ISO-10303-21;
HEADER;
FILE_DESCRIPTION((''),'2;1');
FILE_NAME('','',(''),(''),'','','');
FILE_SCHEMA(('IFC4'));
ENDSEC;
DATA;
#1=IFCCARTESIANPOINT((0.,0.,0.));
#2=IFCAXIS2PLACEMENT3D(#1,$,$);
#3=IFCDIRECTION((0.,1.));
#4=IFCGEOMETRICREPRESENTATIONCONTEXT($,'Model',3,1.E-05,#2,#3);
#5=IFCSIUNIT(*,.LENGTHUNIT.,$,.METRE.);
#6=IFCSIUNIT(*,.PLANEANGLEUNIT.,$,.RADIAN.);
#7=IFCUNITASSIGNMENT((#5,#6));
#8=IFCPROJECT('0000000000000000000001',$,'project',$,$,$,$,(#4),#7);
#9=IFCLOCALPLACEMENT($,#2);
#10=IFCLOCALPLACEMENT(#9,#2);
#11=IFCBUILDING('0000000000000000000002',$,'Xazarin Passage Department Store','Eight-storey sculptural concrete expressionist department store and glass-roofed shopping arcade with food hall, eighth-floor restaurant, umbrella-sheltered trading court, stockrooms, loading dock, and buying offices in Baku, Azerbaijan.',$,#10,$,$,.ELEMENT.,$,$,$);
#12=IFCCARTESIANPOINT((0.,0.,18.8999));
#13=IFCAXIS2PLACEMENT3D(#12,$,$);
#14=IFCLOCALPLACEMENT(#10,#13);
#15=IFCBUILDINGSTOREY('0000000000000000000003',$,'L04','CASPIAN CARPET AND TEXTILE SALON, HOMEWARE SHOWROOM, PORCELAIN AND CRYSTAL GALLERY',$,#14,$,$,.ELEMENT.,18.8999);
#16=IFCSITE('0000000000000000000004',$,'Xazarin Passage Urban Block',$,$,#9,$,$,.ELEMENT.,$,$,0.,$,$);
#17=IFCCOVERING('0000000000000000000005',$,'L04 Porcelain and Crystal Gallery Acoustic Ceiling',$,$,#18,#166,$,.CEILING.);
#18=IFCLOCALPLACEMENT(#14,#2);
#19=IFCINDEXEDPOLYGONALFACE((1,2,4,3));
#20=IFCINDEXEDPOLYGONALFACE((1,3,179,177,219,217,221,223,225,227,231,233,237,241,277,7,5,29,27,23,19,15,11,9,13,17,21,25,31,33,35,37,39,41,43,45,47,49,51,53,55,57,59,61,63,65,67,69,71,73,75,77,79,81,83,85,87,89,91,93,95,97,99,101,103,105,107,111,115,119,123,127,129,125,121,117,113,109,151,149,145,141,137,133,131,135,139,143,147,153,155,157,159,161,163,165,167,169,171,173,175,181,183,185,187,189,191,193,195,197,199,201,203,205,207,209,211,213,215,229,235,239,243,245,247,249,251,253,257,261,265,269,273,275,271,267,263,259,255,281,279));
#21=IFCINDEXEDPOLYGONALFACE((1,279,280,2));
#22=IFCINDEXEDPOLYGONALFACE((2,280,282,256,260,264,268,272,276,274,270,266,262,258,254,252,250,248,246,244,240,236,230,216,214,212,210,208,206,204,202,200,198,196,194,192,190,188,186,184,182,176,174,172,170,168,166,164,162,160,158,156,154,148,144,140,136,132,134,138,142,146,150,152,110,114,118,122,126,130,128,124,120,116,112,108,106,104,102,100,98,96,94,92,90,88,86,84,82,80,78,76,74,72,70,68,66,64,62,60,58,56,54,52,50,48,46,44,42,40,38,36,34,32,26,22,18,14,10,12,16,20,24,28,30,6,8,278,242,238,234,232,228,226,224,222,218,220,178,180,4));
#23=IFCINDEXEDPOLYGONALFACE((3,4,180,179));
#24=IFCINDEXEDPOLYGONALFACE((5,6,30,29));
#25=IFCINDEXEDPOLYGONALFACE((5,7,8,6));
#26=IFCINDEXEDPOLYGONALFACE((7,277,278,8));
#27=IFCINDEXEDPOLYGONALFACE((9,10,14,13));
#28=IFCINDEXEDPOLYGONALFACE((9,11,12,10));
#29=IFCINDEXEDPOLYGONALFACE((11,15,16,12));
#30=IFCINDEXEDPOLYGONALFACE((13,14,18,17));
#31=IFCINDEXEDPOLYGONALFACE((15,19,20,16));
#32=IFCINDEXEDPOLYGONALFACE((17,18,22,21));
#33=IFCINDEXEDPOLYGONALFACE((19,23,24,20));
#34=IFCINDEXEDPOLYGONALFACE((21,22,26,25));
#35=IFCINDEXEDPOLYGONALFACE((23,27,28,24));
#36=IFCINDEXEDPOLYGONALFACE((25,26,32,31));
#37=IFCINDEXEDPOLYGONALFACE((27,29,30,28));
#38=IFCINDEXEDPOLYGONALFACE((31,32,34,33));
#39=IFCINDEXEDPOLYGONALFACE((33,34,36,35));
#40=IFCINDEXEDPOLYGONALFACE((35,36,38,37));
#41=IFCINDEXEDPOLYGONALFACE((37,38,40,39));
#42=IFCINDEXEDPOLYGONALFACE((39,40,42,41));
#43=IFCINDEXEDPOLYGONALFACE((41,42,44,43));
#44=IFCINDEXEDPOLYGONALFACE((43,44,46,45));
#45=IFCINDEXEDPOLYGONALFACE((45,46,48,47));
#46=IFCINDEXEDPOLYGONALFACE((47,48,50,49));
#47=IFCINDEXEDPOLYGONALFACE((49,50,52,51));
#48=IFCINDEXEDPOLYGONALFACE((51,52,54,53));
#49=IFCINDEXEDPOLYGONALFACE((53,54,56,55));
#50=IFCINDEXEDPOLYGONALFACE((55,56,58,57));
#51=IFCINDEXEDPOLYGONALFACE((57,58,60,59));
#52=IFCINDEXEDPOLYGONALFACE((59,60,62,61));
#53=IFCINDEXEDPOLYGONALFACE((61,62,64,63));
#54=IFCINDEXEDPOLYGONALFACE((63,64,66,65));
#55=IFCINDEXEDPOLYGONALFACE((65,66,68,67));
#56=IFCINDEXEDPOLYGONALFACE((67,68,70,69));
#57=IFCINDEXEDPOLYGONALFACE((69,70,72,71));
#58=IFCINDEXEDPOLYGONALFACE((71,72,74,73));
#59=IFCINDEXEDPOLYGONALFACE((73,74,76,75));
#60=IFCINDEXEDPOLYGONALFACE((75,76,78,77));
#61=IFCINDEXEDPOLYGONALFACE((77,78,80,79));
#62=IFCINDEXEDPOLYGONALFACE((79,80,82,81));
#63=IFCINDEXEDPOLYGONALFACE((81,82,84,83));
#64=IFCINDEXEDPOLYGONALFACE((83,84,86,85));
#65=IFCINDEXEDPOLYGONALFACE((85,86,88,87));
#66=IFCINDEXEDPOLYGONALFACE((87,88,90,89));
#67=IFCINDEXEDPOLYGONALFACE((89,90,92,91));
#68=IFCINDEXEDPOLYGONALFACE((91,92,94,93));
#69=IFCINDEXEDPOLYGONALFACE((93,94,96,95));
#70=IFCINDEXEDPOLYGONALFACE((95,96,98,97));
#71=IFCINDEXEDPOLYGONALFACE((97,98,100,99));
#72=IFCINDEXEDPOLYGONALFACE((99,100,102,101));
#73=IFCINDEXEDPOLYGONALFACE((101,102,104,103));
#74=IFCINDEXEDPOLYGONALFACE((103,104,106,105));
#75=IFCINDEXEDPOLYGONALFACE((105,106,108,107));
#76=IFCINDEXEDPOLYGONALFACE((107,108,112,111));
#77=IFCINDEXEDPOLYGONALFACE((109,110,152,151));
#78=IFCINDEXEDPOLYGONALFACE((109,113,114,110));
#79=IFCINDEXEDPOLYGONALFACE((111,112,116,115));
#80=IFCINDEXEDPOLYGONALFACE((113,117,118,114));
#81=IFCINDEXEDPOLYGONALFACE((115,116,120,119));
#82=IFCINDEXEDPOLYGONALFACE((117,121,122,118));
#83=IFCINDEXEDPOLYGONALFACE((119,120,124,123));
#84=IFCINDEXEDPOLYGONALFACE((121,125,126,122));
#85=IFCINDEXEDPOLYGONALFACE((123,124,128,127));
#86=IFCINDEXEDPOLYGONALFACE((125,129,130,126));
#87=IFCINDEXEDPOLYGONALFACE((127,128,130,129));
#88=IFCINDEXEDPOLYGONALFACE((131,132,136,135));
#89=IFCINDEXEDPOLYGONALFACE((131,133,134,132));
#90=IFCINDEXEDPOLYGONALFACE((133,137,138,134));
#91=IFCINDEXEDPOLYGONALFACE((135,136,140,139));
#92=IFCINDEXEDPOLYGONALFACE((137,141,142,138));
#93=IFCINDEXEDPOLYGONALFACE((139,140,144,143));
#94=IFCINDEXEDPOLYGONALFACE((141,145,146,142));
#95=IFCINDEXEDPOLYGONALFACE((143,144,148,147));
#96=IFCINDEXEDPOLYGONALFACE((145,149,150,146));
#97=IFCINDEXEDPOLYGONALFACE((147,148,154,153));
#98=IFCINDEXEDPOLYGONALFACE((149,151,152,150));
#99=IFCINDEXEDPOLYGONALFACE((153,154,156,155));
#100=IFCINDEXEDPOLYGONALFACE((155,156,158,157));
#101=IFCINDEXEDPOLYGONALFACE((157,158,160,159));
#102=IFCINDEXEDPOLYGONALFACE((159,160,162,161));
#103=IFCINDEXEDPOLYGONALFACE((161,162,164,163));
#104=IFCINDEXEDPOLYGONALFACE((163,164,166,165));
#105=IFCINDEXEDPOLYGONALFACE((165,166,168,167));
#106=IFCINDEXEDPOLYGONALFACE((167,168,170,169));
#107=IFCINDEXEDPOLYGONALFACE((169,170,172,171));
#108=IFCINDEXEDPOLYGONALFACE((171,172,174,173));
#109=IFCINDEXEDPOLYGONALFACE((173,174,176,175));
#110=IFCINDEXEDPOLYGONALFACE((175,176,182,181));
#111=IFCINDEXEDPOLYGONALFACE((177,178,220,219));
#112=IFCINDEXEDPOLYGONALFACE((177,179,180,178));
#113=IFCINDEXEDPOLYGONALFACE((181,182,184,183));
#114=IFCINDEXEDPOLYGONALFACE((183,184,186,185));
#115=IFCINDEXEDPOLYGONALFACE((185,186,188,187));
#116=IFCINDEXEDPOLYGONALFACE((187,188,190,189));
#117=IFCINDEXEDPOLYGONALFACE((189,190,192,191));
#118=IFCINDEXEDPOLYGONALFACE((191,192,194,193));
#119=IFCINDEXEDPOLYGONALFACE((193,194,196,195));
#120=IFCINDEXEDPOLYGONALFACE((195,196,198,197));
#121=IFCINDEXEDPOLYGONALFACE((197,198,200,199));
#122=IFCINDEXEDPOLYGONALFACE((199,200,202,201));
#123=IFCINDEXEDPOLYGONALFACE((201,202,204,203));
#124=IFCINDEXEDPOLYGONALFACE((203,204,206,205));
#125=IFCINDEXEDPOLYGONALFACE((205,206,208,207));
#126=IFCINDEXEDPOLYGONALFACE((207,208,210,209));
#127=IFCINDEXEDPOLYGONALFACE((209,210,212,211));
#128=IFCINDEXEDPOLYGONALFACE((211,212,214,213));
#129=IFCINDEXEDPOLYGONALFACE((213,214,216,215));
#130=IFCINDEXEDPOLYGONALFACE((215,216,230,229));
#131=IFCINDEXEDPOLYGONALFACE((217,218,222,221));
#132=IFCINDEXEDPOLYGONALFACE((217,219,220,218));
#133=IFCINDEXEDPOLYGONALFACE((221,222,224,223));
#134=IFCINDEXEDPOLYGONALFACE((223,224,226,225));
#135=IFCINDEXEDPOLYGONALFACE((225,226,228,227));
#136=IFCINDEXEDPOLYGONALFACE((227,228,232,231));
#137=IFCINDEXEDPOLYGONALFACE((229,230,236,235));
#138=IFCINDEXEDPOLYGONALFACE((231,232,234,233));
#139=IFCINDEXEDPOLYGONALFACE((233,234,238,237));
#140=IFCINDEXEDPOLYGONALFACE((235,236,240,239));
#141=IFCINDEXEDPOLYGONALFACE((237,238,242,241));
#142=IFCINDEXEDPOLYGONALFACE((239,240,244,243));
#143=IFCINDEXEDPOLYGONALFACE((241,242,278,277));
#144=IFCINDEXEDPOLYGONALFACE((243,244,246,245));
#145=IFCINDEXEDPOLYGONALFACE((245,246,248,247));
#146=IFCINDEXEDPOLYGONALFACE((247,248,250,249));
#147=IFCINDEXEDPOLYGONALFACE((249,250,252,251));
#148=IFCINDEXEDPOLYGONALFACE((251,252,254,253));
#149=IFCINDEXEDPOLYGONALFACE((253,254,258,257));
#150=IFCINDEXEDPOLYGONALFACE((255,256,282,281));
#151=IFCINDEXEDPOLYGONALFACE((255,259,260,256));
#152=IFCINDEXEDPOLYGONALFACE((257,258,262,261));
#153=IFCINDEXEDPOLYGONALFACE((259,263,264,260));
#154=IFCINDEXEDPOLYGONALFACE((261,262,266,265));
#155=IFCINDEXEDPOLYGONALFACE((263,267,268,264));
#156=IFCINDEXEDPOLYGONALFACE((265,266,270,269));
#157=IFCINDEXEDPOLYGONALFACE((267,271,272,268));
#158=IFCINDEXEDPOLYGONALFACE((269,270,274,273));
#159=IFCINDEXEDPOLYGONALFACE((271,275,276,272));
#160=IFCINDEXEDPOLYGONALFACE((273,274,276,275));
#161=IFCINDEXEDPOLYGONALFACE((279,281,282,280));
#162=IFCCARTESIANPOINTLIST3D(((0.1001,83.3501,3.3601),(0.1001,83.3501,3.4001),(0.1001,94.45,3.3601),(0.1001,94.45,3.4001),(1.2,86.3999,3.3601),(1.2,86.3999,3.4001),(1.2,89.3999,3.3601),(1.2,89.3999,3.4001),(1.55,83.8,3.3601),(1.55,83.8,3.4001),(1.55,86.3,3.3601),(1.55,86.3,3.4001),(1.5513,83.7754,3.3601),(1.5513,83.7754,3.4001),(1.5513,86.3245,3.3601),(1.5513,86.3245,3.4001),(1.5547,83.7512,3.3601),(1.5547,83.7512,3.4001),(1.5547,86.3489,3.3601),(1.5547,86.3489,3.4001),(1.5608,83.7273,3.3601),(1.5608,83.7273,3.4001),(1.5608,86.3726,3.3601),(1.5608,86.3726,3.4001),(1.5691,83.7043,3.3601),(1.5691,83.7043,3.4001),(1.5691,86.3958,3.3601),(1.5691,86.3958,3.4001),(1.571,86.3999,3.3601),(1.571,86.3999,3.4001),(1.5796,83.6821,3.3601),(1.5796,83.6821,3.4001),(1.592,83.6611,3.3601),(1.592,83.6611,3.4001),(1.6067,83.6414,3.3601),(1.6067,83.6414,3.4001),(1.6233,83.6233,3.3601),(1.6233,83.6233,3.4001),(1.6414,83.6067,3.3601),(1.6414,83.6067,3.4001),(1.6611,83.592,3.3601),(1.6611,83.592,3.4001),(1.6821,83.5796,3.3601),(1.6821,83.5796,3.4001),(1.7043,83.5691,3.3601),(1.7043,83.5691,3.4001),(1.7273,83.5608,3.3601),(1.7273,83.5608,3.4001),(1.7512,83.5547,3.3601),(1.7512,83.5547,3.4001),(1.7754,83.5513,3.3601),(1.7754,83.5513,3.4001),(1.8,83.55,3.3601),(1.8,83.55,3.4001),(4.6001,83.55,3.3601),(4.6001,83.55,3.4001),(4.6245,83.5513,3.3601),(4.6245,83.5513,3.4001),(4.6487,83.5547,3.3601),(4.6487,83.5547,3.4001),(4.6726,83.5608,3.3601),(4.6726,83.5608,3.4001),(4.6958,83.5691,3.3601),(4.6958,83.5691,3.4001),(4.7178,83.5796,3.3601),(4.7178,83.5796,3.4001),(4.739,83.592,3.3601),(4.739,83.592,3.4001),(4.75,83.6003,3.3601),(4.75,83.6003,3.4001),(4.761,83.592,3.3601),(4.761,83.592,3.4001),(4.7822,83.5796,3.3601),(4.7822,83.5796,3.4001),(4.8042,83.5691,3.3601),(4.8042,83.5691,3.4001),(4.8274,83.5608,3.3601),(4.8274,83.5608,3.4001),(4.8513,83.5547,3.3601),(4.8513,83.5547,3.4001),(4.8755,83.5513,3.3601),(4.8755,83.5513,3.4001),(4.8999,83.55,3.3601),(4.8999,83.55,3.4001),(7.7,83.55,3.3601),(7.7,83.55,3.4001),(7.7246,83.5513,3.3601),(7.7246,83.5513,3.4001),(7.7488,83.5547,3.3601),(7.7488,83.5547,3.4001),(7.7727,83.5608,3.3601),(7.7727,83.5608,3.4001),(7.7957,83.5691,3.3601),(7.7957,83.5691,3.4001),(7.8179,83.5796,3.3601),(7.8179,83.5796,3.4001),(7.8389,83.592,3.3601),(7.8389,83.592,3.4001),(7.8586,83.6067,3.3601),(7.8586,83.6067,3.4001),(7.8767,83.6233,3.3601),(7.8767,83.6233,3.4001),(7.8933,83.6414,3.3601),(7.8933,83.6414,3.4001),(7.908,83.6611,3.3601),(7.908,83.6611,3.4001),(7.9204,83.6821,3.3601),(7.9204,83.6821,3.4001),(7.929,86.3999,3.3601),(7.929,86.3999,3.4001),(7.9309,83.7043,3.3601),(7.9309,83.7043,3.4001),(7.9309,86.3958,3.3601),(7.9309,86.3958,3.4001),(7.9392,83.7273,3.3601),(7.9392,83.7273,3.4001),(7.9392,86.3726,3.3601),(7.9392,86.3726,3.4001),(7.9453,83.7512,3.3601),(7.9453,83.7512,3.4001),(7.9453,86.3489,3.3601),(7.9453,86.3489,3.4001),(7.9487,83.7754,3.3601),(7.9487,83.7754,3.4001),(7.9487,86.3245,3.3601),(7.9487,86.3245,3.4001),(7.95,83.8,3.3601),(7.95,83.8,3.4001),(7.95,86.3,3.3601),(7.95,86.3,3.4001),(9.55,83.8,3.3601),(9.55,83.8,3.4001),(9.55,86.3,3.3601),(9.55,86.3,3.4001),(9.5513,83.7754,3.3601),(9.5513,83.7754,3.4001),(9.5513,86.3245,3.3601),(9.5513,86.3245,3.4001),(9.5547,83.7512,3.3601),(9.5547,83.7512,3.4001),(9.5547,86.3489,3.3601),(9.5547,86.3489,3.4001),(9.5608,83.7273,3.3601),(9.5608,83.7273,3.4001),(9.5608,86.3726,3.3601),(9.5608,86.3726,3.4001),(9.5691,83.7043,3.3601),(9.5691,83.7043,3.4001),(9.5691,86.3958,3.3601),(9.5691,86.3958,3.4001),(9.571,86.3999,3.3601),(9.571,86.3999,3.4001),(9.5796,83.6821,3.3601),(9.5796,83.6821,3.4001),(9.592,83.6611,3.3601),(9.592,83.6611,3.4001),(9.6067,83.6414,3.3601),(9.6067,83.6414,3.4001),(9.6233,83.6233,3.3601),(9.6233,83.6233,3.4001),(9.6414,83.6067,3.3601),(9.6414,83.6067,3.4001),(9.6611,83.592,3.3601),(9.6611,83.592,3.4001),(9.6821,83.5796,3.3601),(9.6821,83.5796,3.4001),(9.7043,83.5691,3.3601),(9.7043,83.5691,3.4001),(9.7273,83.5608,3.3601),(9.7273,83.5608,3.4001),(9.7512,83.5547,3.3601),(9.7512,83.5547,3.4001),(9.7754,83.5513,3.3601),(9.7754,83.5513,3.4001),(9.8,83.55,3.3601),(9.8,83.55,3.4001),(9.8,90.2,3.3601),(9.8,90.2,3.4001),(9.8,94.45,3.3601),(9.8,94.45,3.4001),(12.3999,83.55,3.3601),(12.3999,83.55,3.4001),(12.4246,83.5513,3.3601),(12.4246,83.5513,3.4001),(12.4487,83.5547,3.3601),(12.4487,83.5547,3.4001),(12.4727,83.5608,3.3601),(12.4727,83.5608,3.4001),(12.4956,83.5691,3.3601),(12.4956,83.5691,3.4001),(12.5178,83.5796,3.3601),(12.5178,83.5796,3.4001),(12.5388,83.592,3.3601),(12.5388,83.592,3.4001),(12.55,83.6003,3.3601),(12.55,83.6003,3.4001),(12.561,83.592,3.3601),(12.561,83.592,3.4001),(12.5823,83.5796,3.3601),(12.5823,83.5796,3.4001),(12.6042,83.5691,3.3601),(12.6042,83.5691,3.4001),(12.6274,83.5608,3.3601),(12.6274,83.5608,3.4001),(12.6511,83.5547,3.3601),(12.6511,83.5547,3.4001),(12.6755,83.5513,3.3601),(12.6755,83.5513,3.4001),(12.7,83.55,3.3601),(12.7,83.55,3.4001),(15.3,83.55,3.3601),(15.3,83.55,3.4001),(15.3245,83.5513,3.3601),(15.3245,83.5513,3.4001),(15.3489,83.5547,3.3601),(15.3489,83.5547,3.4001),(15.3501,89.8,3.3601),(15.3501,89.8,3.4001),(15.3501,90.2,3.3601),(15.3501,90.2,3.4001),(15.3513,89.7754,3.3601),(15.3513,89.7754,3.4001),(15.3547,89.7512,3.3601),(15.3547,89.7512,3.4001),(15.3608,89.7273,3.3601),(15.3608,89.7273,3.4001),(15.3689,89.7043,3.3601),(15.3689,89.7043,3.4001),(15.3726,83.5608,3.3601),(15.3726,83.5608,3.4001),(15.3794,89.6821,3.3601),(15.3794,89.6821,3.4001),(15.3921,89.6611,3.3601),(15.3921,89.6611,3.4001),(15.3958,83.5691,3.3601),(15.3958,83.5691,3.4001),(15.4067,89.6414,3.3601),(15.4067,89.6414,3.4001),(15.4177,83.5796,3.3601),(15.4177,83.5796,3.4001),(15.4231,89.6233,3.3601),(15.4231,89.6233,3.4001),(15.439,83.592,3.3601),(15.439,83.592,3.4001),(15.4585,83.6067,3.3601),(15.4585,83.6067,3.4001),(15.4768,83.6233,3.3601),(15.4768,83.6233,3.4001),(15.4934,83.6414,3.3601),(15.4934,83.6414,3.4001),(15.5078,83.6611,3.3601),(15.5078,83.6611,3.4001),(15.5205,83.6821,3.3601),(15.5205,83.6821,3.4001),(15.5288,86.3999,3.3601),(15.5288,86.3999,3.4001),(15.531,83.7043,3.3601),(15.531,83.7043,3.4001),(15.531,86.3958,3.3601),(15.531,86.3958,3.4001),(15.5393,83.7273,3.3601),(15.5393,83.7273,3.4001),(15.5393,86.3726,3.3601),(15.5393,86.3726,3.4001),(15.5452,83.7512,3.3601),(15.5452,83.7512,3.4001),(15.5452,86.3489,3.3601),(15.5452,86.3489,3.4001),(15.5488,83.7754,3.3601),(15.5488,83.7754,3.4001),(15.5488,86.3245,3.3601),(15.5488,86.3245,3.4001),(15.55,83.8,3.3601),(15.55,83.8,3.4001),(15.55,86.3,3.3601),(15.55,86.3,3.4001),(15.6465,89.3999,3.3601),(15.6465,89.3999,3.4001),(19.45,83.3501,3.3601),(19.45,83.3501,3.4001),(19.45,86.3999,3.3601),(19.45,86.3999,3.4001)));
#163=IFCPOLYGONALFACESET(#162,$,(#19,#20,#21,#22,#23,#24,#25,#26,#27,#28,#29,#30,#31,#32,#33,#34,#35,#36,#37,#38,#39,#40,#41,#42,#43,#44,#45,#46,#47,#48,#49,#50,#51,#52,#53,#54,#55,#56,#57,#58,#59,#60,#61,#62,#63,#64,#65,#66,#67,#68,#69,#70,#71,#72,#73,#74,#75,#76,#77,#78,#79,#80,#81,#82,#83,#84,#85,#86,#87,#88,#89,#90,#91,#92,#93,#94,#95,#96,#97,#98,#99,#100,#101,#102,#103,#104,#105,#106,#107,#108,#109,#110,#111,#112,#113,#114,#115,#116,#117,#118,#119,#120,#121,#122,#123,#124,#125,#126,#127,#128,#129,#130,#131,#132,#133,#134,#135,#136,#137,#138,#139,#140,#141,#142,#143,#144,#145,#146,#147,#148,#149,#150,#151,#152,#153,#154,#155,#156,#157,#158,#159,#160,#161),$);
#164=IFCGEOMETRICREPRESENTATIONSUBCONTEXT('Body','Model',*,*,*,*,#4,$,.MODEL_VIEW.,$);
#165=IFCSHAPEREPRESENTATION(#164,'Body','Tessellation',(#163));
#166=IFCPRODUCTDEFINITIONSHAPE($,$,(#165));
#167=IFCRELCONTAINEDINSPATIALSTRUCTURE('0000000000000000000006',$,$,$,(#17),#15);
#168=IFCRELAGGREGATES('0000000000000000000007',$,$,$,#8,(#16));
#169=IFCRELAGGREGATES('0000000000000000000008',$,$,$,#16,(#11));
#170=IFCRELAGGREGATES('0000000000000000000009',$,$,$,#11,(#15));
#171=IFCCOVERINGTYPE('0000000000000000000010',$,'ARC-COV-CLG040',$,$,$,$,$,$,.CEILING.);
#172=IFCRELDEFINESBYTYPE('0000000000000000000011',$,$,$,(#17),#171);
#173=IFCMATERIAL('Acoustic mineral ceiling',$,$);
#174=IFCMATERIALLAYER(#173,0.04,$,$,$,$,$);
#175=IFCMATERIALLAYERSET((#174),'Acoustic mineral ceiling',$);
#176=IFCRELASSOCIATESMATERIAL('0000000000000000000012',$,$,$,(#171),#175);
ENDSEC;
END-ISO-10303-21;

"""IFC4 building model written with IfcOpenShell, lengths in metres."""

from ifc_helpers import new_model, si_unit, direction, frame, origin, place, context, subcontext, project, spatial, polyline, outline, extrude, material, layer, layer_set, type_object, element, save


model = new_model("IFC4")

# Units and contexts
model_context = context("Model", 3, precision=1e-05, world=origin(), true_north=direction((0.0, 1.0)))
body_context = subcontext(model_context, "Body", "Model", "MODEL_VIEW")
ifc_project = project(units=[si_unit("LENGTHUNIT", "METRE"), si_unit("PLANEANGLEUNIT", "RADIAN")], contexts=[model_context])

# Site, building, storey
site_placement = place(None, origin())
site = spatial("IfcSite", under=ifc_project, at=site_placement, Name="Xazarin Passage Urban Block", CompositionType="ELEMENT", RefElevation=0.0)
building_placement = place(site_placement, origin())
building = spatial("IfcBuilding", under=site, at=building_placement, Name="Xazarin Passage Department Store", Description="Eight-storey sculptural concrete expressionist department store and glass-roofed shopping arcade with food hall, eighth-floor restaurant, umbrella-sheltered trading court, stockrooms, loading dock, and buying offices in Baku, Azerbaijan.", CompositionType="ELEMENT")
storey_placement = place(building_placement, frame((0.0, 0.0, 18.8999)))
storey = spatial("IfcBuildingStorey", under=building, at=storey_placement, Name="L04", Description="CASPIAN CARPET AND TEXTILE SALON, HOMEWARE SHOWROOM, PORCELAIN AND CRYSTAL GALLERY", CompositionType="ELEMENT", Elevation=18.8999)

# Covering
ifc_material_1 = material(Name="Acoustic mineral ceiling")
ifc_layer_1 = layer(ifc_material_1, 0.04)
ifc_layer_set_1 = layer_set([ifc_layer_1], Name="Acoustic mineral ceiling")
covering_type_1 = type_object("IfcCoveringType", Name="ARC-COV-CLG040", PredefinedType="CEILING", material=ifc_layer_set_1)
covering_1_placement = place(storey_placement, frame((0.0, 0.0, 3.3601)))
element("IfcCovering", 1, at=covering_1_placement, inside=storey, type_object=covering_type_1, Name="L04 Porcelain and Crystal Gallery Acoustic Ceiling", PredefinedType="CEILING", context=body_context, shape_type="SweptSolid", body=[
    extrude(outline(polyline([(9.8, 90.2), (9.8, 94.45), (0.1001, 94.45), (0.1001, 83.3501), (19.45, 83.3501), (19.45, 86.3999), (15.5288, 86.3999), (15.531, 86.3958), (15.5393, 86.3726), (15.5452, 86.3489), (15.5488, 86.3245), (15.55, 86.3), (15.55, 83.8), (15.5488, 83.7754), (15.5452, 83.7512), (15.5393, 83.7273), (15.531, 83.7043), (15.5205, 83.6821), (15.5078, 83.6611), (15.4934, 83.6414), (15.4768, 83.6233), (15.4585, 83.6067), (15.439, 83.592), (15.4177, 83.5796), (15.3958, 83.5691), (15.3726, 83.5608), (15.3489, 83.5547), (15.3245, 83.5513), (15.3, 83.55), (12.7, 83.55), (12.6755, 83.5513), (12.6511, 83.5547), (12.6274, 83.5608), (12.6042, 83.5691), (12.5823, 83.5796), (12.561, 83.592), (12.55, 83.6003), (12.5388, 83.592), (12.5178, 83.5796), (12.4956, 83.5691), (12.4727, 83.5608), (12.4487, 83.5547), (12.4246, 83.5513), (12.3999, 83.55), (9.8, 83.55), (9.7754, 83.5513), (9.7512, 83.5547), (9.7273, 83.5608), (9.7043, 83.5691), (9.6821, 83.5796), (9.6611, 83.592), (9.6414, 83.6067), (9.6233, 83.6233), (9.6067, 83.6414), (9.592, 83.6611), (9.5796, 83.6821), (9.5691, 83.7043), (9.5608, 83.7273), (9.5547, 83.7512), (9.5513, 83.7754), (9.55, 83.8), (9.55, 86.3), (9.5513, 86.3245), (9.5547, 86.3489), (9.5608, 86.3726), (9.5691, 86.3958), (9.571, 86.3999), (7.929, 86.3999), (7.9309, 86.3958), (7.9392, 86.3726), (7.9453, 86.3489), (7.9487, 86.3245), (7.95, 86.3), (7.95, 83.8), (7.9487, 83.7754), (7.9453, 83.7512), (7.9392, 83.7273), (7.9309, 83.7043), (7.9204, 83.6821), (7.908, 83.6611), (7.8933, 83.6414), (7.8767, 83.6233), (7.8586, 83.6067), (7.8389, 83.592), (7.8179, 83.5796), (7.7957, 83.5691), (7.7727, 83.5608), (7.7488, 83.5547), (7.7246, 83.5513), (7.7, 83.55), (4.8999, 83.55), (4.8755, 83.5513), (4.8513, 83.5547), (4.8274, 83.5608), (4.8042, 83.5691), (4.7822, 83.5796), (4.761, 83.592), (4.75, 83.6003), (4.739, 83.592), (4.7178, 83.5796), (4.6958, 83.5691), (4.6726, 83.5608), (4.6487, 83.5547), (4.6245, 83.5513), (4.6001, 83.55), (1.8, 83.55), (1.7754, 83.5513), (1.7512, 83.5547), (1.7273, 83.5608), (1.7043, 83.5691), (1.6821, 83.5796), (1.6611, 83.592), (1.6414, 83.6067), (1.6233, 83.6233), (1.6067, 83.6414), (1.592, 83.6611), (1.5796, 83.6821), (1.5691, 83.7043), (1.5608, 83.7273), (1.5547, 83.7512), (1.5513, 83.7754), (1.55, 83.8), (1.55, 86.3), (1.5513, 86.3245), (1.5547, 86.3489), (1.5608, 86.3726), (1.5691, 86.3958), (1.571, 86.3999), (1.2, 86.3999), (1.2, 89.3999), (15.6465, 89.3999), (15.4231, 89.6233), (15.4067, 89.6414), (15.3921, 89.6611), (15.3794, 89.6821), (15.3689, 89.7043), (15.3608, 89.7273), (15.3547, 89.7512), (15.3513, 89.7754), (15.3501, 89.8), (15.3501, 90.2), (9.8, 90.2)])), origin(), (0.0, 0.0, 1.0), 0.04),
])

save(model, "model.ifc")
